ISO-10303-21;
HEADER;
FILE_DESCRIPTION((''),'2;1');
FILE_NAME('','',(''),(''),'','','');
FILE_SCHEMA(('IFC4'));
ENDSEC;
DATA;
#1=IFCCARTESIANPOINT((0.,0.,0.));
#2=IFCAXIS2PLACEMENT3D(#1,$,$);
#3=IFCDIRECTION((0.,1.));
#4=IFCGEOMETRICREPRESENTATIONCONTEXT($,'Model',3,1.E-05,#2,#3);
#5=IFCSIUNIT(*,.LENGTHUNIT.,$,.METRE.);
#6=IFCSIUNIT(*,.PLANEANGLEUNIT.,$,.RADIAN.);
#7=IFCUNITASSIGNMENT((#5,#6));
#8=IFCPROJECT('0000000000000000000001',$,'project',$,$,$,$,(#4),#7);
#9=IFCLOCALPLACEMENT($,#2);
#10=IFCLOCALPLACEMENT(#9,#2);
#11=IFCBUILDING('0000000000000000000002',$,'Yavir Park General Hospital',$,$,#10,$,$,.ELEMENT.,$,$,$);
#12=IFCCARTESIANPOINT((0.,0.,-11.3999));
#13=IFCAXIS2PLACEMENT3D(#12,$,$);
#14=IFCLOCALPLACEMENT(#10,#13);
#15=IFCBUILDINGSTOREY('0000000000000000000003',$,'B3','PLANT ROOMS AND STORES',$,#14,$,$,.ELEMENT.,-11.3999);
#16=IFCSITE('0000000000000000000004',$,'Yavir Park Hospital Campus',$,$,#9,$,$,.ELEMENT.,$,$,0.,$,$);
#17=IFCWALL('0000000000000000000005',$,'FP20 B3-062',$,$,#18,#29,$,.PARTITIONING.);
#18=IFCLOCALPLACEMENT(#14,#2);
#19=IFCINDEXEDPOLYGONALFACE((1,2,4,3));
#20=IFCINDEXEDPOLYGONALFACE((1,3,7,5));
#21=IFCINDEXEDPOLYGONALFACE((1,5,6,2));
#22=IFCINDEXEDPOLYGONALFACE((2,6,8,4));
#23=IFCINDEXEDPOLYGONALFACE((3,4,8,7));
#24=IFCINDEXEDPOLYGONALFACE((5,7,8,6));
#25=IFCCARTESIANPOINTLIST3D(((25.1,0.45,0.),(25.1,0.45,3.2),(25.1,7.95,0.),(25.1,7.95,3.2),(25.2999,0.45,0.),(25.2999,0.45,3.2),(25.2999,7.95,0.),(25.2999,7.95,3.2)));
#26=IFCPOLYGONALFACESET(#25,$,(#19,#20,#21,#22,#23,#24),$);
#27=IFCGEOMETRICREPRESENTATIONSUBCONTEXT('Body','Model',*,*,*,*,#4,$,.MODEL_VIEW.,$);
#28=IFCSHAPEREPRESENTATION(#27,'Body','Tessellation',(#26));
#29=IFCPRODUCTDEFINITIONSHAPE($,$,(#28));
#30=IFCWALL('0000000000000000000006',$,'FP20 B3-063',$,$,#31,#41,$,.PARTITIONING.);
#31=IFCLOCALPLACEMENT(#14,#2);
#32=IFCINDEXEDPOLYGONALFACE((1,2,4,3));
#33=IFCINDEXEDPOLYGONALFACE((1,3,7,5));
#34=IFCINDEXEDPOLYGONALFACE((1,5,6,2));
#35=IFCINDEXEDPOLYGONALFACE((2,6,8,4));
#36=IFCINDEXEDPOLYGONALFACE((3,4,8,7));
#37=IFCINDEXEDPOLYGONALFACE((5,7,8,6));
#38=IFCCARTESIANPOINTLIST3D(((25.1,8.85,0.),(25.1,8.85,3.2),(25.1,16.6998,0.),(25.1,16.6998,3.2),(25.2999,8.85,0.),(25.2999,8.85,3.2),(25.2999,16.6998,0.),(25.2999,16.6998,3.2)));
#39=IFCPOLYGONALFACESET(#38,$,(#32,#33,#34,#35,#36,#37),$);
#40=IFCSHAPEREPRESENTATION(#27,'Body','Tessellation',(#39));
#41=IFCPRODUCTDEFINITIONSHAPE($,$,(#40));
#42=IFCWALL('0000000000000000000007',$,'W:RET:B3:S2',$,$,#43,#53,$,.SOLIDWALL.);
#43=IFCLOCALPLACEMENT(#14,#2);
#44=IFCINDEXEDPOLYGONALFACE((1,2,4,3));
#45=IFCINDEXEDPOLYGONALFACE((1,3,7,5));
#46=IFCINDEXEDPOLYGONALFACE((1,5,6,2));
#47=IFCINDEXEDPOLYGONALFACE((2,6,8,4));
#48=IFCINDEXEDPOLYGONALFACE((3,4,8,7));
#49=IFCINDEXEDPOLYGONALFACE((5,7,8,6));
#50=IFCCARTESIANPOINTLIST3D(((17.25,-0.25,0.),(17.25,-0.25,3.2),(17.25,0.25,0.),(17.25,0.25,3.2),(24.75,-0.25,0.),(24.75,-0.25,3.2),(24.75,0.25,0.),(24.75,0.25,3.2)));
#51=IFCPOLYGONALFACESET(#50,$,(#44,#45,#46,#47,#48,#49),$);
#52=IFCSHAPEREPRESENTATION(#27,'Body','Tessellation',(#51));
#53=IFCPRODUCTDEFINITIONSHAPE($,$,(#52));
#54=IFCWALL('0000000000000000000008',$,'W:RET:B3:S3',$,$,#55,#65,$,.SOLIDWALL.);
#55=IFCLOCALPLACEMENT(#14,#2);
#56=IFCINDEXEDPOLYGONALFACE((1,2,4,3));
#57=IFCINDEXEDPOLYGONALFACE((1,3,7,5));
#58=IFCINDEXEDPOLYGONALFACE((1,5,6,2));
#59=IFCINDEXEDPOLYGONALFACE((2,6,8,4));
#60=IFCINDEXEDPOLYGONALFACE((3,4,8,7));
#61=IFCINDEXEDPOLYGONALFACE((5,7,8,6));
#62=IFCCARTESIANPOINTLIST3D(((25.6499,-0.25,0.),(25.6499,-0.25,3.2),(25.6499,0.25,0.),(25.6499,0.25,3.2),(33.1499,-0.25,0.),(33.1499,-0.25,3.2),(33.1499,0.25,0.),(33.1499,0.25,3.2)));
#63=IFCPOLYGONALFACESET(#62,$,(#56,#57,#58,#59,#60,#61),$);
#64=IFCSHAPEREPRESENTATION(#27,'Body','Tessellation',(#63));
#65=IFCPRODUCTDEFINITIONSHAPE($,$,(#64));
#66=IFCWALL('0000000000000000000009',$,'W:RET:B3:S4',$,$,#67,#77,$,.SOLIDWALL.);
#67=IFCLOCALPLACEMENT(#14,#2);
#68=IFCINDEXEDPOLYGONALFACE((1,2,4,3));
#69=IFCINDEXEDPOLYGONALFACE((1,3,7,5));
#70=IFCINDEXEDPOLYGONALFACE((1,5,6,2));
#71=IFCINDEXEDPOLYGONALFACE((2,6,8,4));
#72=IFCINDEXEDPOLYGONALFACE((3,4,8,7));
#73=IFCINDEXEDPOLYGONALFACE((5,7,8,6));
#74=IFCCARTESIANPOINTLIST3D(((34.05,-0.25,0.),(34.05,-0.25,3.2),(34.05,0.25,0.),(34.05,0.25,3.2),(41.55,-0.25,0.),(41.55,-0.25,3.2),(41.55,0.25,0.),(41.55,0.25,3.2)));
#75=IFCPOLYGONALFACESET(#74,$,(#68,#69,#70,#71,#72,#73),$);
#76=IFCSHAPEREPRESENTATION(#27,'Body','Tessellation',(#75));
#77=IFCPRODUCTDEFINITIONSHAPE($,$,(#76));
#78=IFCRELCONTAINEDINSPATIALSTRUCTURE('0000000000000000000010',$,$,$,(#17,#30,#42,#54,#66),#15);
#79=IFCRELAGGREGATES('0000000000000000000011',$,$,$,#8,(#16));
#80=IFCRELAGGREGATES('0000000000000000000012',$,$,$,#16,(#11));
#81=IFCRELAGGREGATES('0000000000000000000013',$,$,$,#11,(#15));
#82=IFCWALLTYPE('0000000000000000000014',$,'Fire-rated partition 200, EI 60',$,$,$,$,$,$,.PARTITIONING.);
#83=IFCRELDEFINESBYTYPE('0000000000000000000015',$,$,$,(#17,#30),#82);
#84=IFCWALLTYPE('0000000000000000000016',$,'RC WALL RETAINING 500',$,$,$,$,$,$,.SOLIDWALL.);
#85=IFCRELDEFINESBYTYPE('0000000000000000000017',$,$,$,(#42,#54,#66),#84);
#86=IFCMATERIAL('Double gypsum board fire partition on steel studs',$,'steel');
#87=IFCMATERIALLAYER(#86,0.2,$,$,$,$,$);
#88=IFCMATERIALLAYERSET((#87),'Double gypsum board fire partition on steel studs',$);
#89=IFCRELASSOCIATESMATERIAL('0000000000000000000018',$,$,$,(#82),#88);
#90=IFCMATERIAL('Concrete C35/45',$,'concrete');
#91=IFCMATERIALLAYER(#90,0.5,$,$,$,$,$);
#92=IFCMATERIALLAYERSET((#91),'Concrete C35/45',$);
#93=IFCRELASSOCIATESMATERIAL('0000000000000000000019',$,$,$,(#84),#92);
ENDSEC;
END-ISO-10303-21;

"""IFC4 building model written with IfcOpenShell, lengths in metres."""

from ifc_helpers import new_model, si_unit, direction, frame, frame_2d, origin, place, context, subcontext, project, spatial, rectangle, extrude, material, layer, layer_set, type_object, element, save


model = new_model("IFC4")

# Units and contexts
model_context = context("Model", 3, precision=1e-05, world=origin(), true_north=direction((0.0, 1.0)))
body_context = subcontext(model_context, "Body", "Model", "MODEL_VIEW")
ifc_project = project(units=[si_unit("LENGTHUNIT", "METRE"), si_unit("PLANEANGLEUNIT", "RADIAN")], contexts=[model_context])

# Site, building, storey
site_placement = place(None, origin())
site = spatial("IfcSite", under=ifc_project, at=site_placement, Name="Yavir Park Hospital Campus", CompositionType="ELEMENT", RefElevation=0.0)
building_placement = place(site_placement, origin())
building = spatial("IfcBuilding", under=site, at=building_placement, Name="Yavir Park General Hospital", CompositionType="ELEMENT")
storey_placement = place(building_placement, frame((0.0, 0.0, -11.3999)))
storey = spatial("IfcBuildingStorey", under=building, at=storey_placement, Name="B3", Description="PLANT ROOMS AND STORES", CompositionType="ELEMENT", Elevation=-11.3999)

# Shared definitions
ifc_material_1 = material(Name="Double gypsum board fire partition on steel studs", Category="steel")
ifc_layer_1 = layer(ifc_material_1, 0.2)
ifc_layer_set_1 = layer_set([ifc_layer_1], Name="Double gypsum board fire partition on steel studs")
wall_type_1 = type_object("IfcWallType", Name="Fire-rated partition 200, EI 60", PredefinedType="PARTITIONING", material=ifc_layer_set_1)

# Walls
for number, where, z_axis, x_axis, name in (
    (1, (25.2, 0.45, 0.0), (0.0, 0.0, 1.0), (0.0, 1.0, 0.0), "FP20 B3-062"),
):
    element("IfcWall", number, at=place(storey_placement, frame(where, z_axis=z_axis, x_axis=x_axis)), inside=storey, type_object=wall_type_1, Name=name, PredefinedType="PARTITIONING", context=body_context, shape_type="SweptSolid", body=[
        extrude(rectangle(XDim=7.5, YDim=0.2, at=frame_2d((3.75, 0.0))), origin(), (0.0, 0.0, 1.0), 3.2),
    ])
wall_1_placement = place(storey_placement, frame((25.2, 8.8501, 0.0), z_axis=(0.0, 0.0, 1.0), x_axis=(0.0, 1.0, 0.0)))
element("IfcWall", 2, at=wall_1_placement, inside=storey, type_object=wall_type_1, Name="FP20 B3-063", PredefinedType="PARTITIONING", context=body_context, shape_type="SweptSolid", body=[
    extrude(rectangle(XDim=7.8499, YDim=0.2, at=frame_2d((3.9248, 0.0))), origin(), (0.0, 0.0, 1.0), 3.2),
])
ifc_material_2 = material(Name="Concrete C35/45", Category="concrete")
ifc_layer_2 = layer(ifc_material_2, 0.5)
ifc_layer_set_2 = layer_set([ifc_layer_2], Name="Concrete C35/45")
wall_type_2 = type_object("IfcWallType", Name="RC WALL RETAINING 500", PredefinedType="SOLIDWALL", material=ifc_layer_set_2)
for number, where, z_axis, x_axis, name in (
    (3, (17.25, 0.0, 0.0), (0.0, 0.0, 1.0), (1.0, 0.0, 0.0), "W:RET:B3:S2"),
    (4, (25.6499, 0.0, 0.0), (0.0, 0.0, 1.0), (1.0, 0.0, 0.0), "W:RET:B3:S3"),
    (5, (34.05, 0.0, 0.0), (0.0, 0.0, 1.0), (1.0, 0.0, 0.0), "W:RET:B3:S4"),
):
    element("IfcWall", number, at=place(storey_placement, frame(where, z_axis=z_axis, x_axis=x_axis)), inside=storey, type_object=wall_type_2, Name=name, PredefinedType="SOLIDWALL", context=body_context, shape_type="SweptSolid", body=[
        extrude(rectangle(XDim=7.5, YDim=0.5, at=frame_2d((3.75, 0.0))), origin(), (0.0, 0.0, 1.0), 3.2),
    ])

save(model, "model.ifc")
